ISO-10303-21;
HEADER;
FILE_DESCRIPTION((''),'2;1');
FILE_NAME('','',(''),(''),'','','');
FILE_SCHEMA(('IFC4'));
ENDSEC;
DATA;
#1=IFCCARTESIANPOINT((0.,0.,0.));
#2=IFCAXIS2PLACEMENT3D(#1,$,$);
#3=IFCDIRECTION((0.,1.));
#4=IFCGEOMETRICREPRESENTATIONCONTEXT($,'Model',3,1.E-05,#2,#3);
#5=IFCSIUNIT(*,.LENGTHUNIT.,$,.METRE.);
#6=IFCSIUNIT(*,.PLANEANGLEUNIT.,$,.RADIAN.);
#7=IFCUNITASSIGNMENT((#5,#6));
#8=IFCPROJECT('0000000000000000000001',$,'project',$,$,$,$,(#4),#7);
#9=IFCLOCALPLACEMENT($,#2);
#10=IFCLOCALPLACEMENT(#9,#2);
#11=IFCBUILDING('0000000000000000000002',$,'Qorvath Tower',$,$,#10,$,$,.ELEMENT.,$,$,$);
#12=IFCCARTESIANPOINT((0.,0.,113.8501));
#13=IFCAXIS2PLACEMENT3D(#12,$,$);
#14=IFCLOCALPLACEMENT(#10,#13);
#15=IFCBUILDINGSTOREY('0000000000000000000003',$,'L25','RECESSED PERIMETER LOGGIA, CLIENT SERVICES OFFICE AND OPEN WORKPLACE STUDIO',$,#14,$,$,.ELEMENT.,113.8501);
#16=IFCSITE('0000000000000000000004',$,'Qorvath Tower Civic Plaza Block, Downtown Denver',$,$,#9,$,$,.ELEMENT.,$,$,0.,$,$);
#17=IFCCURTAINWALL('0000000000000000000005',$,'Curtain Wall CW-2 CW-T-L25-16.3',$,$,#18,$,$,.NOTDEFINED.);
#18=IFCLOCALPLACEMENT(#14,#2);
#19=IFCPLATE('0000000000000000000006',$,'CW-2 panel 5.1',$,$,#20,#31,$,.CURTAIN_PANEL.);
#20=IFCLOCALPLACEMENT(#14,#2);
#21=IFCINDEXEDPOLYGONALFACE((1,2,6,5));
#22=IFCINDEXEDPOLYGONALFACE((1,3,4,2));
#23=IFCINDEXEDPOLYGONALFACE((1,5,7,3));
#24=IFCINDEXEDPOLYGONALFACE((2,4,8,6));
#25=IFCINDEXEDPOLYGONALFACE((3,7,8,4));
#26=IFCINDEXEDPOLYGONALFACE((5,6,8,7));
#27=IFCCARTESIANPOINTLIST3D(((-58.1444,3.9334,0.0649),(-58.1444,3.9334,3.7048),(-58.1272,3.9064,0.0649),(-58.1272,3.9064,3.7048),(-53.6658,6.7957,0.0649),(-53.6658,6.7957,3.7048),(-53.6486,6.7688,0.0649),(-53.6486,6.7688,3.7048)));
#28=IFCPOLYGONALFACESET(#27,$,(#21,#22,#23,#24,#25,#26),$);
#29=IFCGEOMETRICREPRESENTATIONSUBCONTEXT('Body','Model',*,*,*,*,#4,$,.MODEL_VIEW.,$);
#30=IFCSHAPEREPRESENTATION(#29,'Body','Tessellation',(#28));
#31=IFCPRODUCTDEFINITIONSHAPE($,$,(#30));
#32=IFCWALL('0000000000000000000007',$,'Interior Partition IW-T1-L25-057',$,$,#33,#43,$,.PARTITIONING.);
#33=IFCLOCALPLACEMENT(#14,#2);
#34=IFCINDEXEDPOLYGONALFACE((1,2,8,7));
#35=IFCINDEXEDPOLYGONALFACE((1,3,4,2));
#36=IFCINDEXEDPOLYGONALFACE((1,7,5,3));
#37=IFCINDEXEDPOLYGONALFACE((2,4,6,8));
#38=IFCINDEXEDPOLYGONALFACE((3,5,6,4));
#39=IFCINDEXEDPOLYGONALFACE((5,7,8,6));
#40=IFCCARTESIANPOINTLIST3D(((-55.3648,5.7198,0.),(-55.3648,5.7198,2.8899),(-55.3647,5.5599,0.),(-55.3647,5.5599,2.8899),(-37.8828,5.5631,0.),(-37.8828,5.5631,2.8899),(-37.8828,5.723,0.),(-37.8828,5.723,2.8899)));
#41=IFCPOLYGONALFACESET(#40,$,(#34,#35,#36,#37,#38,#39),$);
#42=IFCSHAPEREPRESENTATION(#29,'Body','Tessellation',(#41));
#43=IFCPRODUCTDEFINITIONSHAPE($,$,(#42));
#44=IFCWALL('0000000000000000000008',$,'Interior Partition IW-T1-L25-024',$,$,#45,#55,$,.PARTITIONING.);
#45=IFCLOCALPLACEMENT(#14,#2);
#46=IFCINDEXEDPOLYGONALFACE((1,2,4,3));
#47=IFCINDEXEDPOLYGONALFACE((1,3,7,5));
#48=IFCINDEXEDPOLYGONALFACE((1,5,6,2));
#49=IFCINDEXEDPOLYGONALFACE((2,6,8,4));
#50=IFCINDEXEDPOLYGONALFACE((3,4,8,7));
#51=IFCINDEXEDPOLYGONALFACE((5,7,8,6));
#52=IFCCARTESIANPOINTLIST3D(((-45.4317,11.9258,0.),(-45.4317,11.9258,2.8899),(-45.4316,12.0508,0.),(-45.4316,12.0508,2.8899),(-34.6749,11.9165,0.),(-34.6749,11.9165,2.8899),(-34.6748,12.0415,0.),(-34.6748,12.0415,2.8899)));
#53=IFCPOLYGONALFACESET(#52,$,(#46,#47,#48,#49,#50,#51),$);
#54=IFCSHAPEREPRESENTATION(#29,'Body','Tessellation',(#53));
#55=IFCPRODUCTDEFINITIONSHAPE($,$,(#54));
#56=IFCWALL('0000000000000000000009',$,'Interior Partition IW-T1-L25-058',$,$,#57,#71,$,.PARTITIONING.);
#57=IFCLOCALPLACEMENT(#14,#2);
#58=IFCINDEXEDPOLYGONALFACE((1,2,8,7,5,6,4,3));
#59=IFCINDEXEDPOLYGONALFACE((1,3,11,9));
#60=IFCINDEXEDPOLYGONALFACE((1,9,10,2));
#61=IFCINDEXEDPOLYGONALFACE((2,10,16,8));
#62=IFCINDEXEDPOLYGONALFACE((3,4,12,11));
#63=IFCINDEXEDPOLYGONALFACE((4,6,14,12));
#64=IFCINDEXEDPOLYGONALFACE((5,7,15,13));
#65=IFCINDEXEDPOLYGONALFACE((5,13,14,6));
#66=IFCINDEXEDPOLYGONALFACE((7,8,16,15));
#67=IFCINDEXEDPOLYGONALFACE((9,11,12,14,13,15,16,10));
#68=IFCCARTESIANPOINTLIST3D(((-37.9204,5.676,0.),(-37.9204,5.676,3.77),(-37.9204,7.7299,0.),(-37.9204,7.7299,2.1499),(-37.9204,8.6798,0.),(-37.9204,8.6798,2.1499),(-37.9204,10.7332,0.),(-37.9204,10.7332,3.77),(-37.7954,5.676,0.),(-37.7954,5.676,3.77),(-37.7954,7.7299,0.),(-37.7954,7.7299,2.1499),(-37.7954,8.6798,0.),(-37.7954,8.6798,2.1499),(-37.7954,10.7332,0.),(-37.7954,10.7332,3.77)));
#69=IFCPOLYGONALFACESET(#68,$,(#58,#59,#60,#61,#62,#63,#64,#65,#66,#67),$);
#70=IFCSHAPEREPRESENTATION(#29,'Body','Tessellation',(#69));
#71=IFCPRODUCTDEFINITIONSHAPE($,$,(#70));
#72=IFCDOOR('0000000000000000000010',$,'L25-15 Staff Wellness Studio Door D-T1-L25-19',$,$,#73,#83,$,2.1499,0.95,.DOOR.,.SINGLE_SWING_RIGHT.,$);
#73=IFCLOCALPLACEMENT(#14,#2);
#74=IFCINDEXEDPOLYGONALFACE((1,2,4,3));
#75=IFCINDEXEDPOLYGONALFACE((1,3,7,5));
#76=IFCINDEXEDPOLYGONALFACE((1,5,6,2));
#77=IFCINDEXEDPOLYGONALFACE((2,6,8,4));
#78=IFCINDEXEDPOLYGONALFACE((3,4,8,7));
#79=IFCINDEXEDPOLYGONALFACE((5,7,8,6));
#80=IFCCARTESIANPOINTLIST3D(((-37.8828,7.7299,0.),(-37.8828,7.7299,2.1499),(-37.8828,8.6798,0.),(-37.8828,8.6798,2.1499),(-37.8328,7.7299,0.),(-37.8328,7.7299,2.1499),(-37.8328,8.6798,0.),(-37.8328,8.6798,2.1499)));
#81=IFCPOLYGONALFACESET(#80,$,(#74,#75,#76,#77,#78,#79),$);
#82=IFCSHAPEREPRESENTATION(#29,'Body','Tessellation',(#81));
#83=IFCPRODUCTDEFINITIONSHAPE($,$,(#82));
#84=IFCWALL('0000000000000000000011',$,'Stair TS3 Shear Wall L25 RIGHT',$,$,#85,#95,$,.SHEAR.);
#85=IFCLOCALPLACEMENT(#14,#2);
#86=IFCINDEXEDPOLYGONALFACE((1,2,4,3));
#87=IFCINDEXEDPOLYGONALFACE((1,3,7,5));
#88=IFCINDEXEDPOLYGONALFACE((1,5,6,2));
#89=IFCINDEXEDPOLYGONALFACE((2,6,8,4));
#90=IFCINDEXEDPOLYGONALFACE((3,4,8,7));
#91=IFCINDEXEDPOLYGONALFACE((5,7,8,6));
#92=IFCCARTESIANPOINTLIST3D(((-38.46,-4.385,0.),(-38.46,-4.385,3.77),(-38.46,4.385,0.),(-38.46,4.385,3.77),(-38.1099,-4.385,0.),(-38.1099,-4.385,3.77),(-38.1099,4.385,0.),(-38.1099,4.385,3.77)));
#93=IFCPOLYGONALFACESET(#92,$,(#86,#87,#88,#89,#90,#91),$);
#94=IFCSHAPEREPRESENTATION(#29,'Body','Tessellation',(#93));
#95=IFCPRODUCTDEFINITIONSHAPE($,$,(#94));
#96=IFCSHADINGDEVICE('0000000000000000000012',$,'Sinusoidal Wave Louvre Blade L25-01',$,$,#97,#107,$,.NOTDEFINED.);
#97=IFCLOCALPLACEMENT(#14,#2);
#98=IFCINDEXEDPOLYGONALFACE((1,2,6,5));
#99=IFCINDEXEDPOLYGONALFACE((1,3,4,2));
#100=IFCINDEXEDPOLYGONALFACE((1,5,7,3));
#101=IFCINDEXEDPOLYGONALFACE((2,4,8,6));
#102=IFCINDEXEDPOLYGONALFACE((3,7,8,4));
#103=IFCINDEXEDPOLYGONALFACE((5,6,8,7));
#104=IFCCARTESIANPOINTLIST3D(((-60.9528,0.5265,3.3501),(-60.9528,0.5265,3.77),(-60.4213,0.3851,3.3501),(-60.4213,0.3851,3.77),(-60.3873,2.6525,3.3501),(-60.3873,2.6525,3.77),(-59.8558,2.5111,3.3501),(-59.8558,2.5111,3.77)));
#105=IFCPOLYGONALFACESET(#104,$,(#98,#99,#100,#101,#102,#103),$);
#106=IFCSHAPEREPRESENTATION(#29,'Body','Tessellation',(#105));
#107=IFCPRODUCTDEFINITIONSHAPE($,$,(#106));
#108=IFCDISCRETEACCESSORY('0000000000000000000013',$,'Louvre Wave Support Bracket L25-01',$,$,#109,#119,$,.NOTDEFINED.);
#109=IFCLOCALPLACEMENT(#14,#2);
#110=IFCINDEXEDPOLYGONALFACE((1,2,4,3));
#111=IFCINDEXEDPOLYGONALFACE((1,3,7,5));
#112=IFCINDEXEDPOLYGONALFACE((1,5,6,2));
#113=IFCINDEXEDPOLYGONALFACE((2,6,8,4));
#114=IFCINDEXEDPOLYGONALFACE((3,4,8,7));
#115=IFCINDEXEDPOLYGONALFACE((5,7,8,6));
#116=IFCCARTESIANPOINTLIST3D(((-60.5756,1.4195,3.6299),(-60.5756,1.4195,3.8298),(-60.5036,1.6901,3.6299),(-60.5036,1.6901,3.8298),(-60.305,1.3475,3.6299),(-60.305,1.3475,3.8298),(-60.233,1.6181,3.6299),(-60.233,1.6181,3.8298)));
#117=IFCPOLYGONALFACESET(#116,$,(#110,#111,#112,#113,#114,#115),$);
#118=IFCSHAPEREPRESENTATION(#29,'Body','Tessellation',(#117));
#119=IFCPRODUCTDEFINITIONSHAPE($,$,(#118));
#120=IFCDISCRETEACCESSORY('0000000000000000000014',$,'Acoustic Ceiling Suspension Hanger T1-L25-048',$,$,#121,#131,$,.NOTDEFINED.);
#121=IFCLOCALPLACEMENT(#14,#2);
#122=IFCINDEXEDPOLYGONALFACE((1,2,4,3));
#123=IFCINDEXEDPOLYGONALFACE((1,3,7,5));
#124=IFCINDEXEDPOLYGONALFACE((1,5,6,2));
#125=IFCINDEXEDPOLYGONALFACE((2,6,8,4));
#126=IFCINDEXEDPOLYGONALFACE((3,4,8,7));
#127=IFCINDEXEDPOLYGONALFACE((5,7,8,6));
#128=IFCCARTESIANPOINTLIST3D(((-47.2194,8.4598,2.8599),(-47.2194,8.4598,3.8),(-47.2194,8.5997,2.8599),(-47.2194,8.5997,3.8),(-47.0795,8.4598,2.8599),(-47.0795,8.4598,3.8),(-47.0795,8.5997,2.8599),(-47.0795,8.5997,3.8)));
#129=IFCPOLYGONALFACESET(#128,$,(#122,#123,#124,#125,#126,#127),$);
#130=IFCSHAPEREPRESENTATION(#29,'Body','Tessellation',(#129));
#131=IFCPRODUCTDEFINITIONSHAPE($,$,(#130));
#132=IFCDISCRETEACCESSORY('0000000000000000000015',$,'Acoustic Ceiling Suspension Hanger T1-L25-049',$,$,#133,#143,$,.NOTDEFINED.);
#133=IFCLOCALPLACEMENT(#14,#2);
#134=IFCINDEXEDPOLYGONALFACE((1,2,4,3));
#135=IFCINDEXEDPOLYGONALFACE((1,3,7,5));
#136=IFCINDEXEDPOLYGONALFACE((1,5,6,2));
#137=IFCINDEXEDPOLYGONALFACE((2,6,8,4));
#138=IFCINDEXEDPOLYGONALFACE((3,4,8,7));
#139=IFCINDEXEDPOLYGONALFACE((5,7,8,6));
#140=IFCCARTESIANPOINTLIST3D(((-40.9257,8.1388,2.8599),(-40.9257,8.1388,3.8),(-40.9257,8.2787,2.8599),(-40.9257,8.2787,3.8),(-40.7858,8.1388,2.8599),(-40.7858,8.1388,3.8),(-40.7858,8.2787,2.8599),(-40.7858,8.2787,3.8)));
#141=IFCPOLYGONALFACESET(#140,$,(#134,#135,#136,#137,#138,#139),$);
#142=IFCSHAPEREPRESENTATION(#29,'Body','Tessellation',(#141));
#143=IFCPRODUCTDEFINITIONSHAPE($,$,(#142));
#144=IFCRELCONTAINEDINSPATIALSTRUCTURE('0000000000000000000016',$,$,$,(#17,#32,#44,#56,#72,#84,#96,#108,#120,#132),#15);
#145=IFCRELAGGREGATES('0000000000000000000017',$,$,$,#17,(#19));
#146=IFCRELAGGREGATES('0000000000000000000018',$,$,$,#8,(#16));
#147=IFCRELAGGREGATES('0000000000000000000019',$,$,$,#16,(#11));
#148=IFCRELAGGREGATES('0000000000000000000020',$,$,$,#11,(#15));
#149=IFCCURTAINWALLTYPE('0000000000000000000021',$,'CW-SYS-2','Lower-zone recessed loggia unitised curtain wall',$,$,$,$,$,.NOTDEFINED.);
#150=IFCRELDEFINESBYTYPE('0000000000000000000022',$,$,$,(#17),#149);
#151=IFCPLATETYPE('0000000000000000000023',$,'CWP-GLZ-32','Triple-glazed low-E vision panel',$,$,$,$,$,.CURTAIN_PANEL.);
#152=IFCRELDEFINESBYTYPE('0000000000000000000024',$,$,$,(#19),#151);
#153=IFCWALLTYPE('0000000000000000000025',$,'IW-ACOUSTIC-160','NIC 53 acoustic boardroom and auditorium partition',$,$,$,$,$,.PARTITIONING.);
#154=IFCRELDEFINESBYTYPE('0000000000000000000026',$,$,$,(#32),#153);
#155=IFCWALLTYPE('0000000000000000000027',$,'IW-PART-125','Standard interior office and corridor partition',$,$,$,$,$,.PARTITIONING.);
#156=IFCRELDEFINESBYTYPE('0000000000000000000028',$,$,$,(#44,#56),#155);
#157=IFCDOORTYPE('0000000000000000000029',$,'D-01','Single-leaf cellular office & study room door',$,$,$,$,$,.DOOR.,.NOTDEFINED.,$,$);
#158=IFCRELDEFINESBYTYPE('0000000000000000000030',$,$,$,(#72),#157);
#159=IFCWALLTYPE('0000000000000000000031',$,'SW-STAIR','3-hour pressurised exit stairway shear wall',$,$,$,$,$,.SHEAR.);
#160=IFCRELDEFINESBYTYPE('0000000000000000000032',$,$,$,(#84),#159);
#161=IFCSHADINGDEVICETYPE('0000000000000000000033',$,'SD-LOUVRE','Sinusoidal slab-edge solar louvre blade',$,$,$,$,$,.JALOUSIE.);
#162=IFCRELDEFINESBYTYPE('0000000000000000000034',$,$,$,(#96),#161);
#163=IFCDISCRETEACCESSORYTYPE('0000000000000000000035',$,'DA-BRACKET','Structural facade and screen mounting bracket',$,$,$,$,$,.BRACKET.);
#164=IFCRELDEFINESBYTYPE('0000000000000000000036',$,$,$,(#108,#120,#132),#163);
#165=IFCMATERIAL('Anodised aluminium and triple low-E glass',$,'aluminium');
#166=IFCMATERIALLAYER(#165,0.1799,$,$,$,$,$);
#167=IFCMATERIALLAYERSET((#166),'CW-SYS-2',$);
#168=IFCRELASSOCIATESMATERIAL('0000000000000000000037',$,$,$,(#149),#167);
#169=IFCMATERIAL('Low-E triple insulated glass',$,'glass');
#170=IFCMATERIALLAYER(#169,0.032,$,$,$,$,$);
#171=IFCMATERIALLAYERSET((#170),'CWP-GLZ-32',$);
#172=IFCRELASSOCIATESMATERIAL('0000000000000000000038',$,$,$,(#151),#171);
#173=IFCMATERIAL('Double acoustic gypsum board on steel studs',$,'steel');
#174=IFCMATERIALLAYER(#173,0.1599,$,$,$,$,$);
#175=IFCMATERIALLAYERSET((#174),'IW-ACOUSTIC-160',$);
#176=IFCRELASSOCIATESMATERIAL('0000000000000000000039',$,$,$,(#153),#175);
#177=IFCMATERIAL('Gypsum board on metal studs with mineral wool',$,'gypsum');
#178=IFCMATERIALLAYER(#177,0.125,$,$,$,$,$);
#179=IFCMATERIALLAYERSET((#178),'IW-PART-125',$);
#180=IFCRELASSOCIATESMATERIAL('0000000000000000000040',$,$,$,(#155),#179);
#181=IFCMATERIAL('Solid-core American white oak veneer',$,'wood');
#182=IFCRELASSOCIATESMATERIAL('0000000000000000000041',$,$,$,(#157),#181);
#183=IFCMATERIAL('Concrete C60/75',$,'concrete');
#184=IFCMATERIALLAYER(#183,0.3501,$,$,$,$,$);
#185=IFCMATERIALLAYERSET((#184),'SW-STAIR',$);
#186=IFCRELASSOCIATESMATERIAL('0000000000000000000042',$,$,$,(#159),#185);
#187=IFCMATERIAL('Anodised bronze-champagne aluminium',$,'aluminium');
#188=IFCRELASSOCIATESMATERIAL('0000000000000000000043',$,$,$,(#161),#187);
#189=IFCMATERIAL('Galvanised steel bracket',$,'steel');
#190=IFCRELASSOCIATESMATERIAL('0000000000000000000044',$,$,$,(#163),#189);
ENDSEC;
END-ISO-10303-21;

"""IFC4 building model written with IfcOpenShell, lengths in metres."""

from ifc_helpers import new_model, si_unit, direction, frame, frame_2d, origin, origin_2d, place, context, subcontext, project, spatial, rectangle, extrude, material, layer, layer_set, type_object, element, fill, aggregate, save


model = new_model("IFC4")

# Units and contexts
model_context = context("Model", 3, precision=1e-05, world=origin(), true_north=direction((0.0, 1.0)))
body_context = subcontext(model_context, "Body", "Model", "MODEL_VIEW")
ifc_project = project(units=[si_unit("LENGTHUNIT", "METRE"), si_unit("PLANEANGLEUNIT", "RADIAN")], contexts=[model_context])

# Site, building, storey
site_placement = place(None, origin())
site = spatial("IfcSite", under=ifc_project, at=site_placement, Name="Qorvath Tower Civic Plaza Block, Downtown Denver", CompositionType="ELEMENT", RefElevation=0.0)
building_placement = place(site_placement, origin())
building = spatial("IfcBuilding", under=site, at=building_placement, Name="Qorvath Tower", CompositionType="ELEMENT")
storey_placement = place(building_placement, frame((0.0, 0.0, 113.8501)))
storey = spatial("IfcBuildingStorey", under=building, at=storey_placement, Name="L25", Description="RECESSED PERIMETER LOGGIA, CLIENT SERVICES OFFICE AND OPEN WORKPLACE STUDIO", CompositionType="ELEMENT", Elevation=113.8501)

# Curtain wall, plate
ifc_material_1 = material(Name="Anodised aluminium and triple low-E glass", Category="aluminium")
ifc_layer_1 = layer(ifc_material_1, 0.1799)
ifc_layer_set_1 = layer_set([ifc_layer_1], Name="CW-SYS-2")
curtain_wall_type = type_object("IfcCurtainWallType", Name="CW-SYS-2", Description="Lower-zone recessed loggia unitised curtain wall", PredefinedType="NOTDEFINED", material=ifc_layer_set_1)
curtain_wall_placement = place(storey_placement, origin())
curtain_wall = element("IfcCurtainWall", 1, at=curtain_wall_placement, inside=storey, type_object=curtain_wall_type, Name="Curtain Wall CW-2 CW-T-L25-16.3", PredefinedType="NOTDEFINED")
ifc_material_2 = material(Name="Low-E triple insulated glass", Category="glass")
ifc_layer_2 = layer(ifc_material_2, 0.032)
ifc_layer_set_2 = layer_set([ifc_layer_2], Name="CWP-GLZ-32")
plate_type = type_object("IfcPlateType", Name="CWP-GLZ-32", Description="Triple-glazed low-E vision panel", PredefinedType="CURTAIN_PANEL", material=ifc_layer_set_2)
plate_1_placement = place(storey_placement, frame((-55.8965, 5.3511, 0.0649), z_axis=(0.0, 0.0, 1.0), x_axis=(-0.842606, -0.53853, 0.0)))
plate_1 = element("IfcPlate", 2, at=plate_1_placement, type_object=plate_type, Name="CW-2 panel 5.1", PredefinedType="CURTAIN_PANEL", context=body_context, shape_type="SweptSolid", body=[
    extrude(rectangle(XDim=5.3152, YDim=0.032, at=origin_2d()), origin(), (0.0, 0.0, 1.0), 3.6399),
])
aggregate(curtain_wall, [plate_1])

# Walls
ifc_material_3 = material(Name="Double acoustic gypsum board on steel studs", Category="steel")
ifc_layer_3 = layer(ifc_material_3, 0.1599)
ifc_layer_set_3 = layer_set([ifc_layer_3], Name="IW-ACOUSTIC-160")
wall_type_1 = type_object("IfcWallType", Name="IW-ACOUSTIC-160", Description="NIC 53 acoustic boardroom and auditorium partition", PredefinedType="PARTITIONING", material=ifc_layer_set_3)
wall_1_placement = place(storey_placement, frame((-37.8828, 5.6431, 0.0), z_axis=(0.0, 0.0, 1.0), x_axis=(-1.0, -0.000182, 0.0)))
element("IfcWall", 3, at=wall_1_placement, inside=storey, type_object=wall_type_1, Name="Interior Partition IW-T1-L25-057", PredefinedType="PARTITIONING", context=body_context, shape_type="SweptSolid", body=[
    extrude(rectangle(XDim=17.4819, YDim=0.1599, at=frame_2d((8.741, 0.0))), origin(), (0.0, 0.0, 1.0), 2.8899),
])
ifc_material_4 = material(Name="Gypsum board on metal studs with mineral wool", Category="gypsum")
ifc_layer_4 = layer(ifc_material_4, 0.125)
ifc_layer_set_4 = layer_set([ifc_layer_4], Name="IW-PART-125")
wall_type_2 = type_object("IfcWallType", Name="IW-PART-125", Description="Standard interior office and corridor partition", PredefinedType="PARTITIONING", material=ifc_layer_set_4)
wall_2_placement = place(storey_placement, frame((-45.4316, 11.9883, 0.0), z_axis=(0.0, 0.0, 1.0), x_axis=(1.0, -0.000862, 0.0)))
element("IfcWall", 4, at=wall_2_placement, inside=storey, type_object=wall_type_2, Name="Interior Partition IW-T1-L25-024", PredefinedType="PARTITIONING", context=body_context, shape_type="SweptSolid", body=[
    extrude(rectangle(XDim=10.7568, YDim=0.125, at=frame_2d((5.3784, 0.0))), origin(), (0.0, 0.0, 1.0), 2.8899),
])

# Wall, opening, door
wall_3_placement = place(storey_placement, frame((-37.8579, 5.676, 0.0), z_axis=(0.0, 0.0, 1.0), x_axis=(0.0, 1.0, 0.0)))
wall_3 = element("IfcWall", 5, at=wall_3_placement, inside=storey, type_object=wall_type_2, Name="Interior Partition IW-T1-L25-058", PredefinedType="PARTITIONING", context=body_context, shape_type="SweptSolid", body=[
    extrude(rectangle(XDim=5.0571, YDim=0.125, at=frame_2d((2.5286, 0.0))), origin(), (0.0, 0.0, 1.0), 3.77),
])
opening_placement = place(wall_3_placement, frame((2.0537, 0.0, 0.0)))
opening = element("IfcOpeningElement", 6, at=opening_placement, cuts=wall_3, PredefinedType="OPENING", context=body_context, shape_type="SweptSolid", body=[
    extrude(rectangle(XDim=0.95, YDim=2.1499, at=frame_2d((0.4751, 1.075))), frame((0.0, 0.0725, 0.0), z_axis=(0.0, -1.0, 0.0), x_axis=(1.0, 0.0, 0.0)), (0.0, 0.0, 1.0), 0.145),
])
ifc_material_5 = material(Name="Solid-core American white oak veneer", Category="wood")
door_type = type_object("IfcDoorType", Name="D-01", Description="Single-leaf cellular office & study room door", OperationType="NOTDEFINED", PredefinedType="DOOR", material=ifc_material_5)
door_placement = place(opening_placement, origin())
door = element("IfcDoor", 7, at=door_placement, inside=storey, type_object=door_type, Name="L25-15 Staff Wellness Studio Door D-T1-L25-19", OperationType="SINGLE_SWING_RIGHT", OverallHeight=2.1499, OverallWidth=0.95, PredefinedType="DOOR", context=body_context, shape_type="SweptSolid", body=[
    extrude(rectangle(XDim=0.95, YDim=2.1499, at=frame_2d((0.4751, 1.075))), frame((0.0, 0.0249, 0.0), z_axis=(0.0, -1.0, 0.0), x_axis=(1.0, 0.0, 0.0)), (0.0, 0.0, 1.0), 0.05),
])
fill(opening, door)

# Wall
ifc_material_6 = material(Name="Concrete C60/75", Category="concrete")
ifc_layer_5 = layer(ifc_material_6, 0.3501)
ifc_layer_set_5 = layer_set([ifc_layer_5], Name="SW-STAIR")
wall_type_3 = type_object("IfcWallType", Name="SW-STAIR", Description="3-hour pressurised exit stairway shear wall", PredefinedType="SHEAR", material=ifc_layer_set_5)
wall_4_placement = place(storey_placement, frame((-38.2849, 4.385, 0.0), z_axis=(0.0, 0.0, 1.0), x_axis=(0.0, -1.0, 0.0)))
element("IfcWall", 8, at=wall_4_placement, inside=storey, type_object=wall_type_3, Name="Stair TS3 Shear Wall L25 RIGHT", PredefinedType="SHEAR", context=body_context, shape_type="SweptSolid", body=[
    extrude(rectangle(XDim=8.77, YDim=0.3501, at=frame_2d((4.385, 0.0))), origin(), (0.0, 0.0, 1.0), 3.77),
])

# Shading device
ifc_material_7 = material(Name="Anodised bronze-champagne aluminium", Category="aluminium")
shading_device_type = type_object("IfcShadingDeviceType", Name="SD-LOUVRE", Description="Sinusoidal slab-edge solar louvre blade", PredefinedType="JALOUSIE", material=ifc_material_7)
shading_device_placement = place(storey_placement, frame((-60.4043, 1.5188, 3.3501), z_axis=(0.0, 0.0, 1.0), x_axis=(-0.257048, -0.966399, 0.0)))
element("IfcShadingDevice", 9, at=shading_device_placement, inside=storey, type_object=shading_device_type, Name="Sinusoidal Wave Louvre Blade L25-01", PredefinedType="NOTDEFINED", context=body_context, shape_type="SweptSolid", body=[
    extrude(rectangle(XDim=2.2, YDim=0.55, at=origin_2d()), origin(), (0.0, 0.0, 1.0), 0.4199),
])

# Discrete accessories
ifc_material_8 = material(Name="Galvanised steel bracket", Category="steel")
discrete_accessory_type = type_object("IfcDiscreteAccessoryType", Name="DA-BRACKET", Description="Structural facade and screen mounting bracket", PredefinedType="BRACKET", material=ifc_material_8)
discrete_accessory_placement = place(storey_placement, frame((-60.4043, 1.5188, 3.6299), z_axis=(0.0, 0.0, 1.0), x_axis=(-0.257048, -0.966399, 0.0)))
element("IfcDiscreteAccessory", 10, at=discrete_accessory_placement, inside=storey, type_object=discrete_accessory_type, Name="Louvre Wave Support Bracket L25-01", PredefinedType="NOTDEFINED", context=body_context, shape_type="SweptSolid", body=[
    extrude(rectangle(XDim=0.28, YDim=0.28, at=origin_2d()), origin(), (0.0, 0.0, 1.0), 0.2),
])
for number, where, z_axis, x_axis, name in (
    (11, (-47.1494, 8.5298, 2.8599), (0.0, 0.0, 1.0), (1.0, 0.0, 0.0), "Acoustic Ceiling Suspension Hanger T1-L25-048"),
    (12, (-40.8557, 8.2087, 2.8599), (0.0, 0.0, 1.0), (1.0, 0.0, 0.0), "Acoustic Ceiling Suspension Hanger T1-L25-049"),
):
    element("IfcDiscreteAccessory", number, at=place(storey_placement, frame(where, z_axis=z_axis, x_axis=x_axis)), inside=storey, type_object=discrete_accessory_type, Name=name, PredefinedType="NOTDEFINED", context=body_context, shape_type="SweptSolid", body=[
        extrude(rectangle(XDim=0.1399, YDim=0.1399, at=origin_2d()), origin(), (0.0, 0.0, 1.0), 0.9402),
    ])

save(model, "model.ifc")
